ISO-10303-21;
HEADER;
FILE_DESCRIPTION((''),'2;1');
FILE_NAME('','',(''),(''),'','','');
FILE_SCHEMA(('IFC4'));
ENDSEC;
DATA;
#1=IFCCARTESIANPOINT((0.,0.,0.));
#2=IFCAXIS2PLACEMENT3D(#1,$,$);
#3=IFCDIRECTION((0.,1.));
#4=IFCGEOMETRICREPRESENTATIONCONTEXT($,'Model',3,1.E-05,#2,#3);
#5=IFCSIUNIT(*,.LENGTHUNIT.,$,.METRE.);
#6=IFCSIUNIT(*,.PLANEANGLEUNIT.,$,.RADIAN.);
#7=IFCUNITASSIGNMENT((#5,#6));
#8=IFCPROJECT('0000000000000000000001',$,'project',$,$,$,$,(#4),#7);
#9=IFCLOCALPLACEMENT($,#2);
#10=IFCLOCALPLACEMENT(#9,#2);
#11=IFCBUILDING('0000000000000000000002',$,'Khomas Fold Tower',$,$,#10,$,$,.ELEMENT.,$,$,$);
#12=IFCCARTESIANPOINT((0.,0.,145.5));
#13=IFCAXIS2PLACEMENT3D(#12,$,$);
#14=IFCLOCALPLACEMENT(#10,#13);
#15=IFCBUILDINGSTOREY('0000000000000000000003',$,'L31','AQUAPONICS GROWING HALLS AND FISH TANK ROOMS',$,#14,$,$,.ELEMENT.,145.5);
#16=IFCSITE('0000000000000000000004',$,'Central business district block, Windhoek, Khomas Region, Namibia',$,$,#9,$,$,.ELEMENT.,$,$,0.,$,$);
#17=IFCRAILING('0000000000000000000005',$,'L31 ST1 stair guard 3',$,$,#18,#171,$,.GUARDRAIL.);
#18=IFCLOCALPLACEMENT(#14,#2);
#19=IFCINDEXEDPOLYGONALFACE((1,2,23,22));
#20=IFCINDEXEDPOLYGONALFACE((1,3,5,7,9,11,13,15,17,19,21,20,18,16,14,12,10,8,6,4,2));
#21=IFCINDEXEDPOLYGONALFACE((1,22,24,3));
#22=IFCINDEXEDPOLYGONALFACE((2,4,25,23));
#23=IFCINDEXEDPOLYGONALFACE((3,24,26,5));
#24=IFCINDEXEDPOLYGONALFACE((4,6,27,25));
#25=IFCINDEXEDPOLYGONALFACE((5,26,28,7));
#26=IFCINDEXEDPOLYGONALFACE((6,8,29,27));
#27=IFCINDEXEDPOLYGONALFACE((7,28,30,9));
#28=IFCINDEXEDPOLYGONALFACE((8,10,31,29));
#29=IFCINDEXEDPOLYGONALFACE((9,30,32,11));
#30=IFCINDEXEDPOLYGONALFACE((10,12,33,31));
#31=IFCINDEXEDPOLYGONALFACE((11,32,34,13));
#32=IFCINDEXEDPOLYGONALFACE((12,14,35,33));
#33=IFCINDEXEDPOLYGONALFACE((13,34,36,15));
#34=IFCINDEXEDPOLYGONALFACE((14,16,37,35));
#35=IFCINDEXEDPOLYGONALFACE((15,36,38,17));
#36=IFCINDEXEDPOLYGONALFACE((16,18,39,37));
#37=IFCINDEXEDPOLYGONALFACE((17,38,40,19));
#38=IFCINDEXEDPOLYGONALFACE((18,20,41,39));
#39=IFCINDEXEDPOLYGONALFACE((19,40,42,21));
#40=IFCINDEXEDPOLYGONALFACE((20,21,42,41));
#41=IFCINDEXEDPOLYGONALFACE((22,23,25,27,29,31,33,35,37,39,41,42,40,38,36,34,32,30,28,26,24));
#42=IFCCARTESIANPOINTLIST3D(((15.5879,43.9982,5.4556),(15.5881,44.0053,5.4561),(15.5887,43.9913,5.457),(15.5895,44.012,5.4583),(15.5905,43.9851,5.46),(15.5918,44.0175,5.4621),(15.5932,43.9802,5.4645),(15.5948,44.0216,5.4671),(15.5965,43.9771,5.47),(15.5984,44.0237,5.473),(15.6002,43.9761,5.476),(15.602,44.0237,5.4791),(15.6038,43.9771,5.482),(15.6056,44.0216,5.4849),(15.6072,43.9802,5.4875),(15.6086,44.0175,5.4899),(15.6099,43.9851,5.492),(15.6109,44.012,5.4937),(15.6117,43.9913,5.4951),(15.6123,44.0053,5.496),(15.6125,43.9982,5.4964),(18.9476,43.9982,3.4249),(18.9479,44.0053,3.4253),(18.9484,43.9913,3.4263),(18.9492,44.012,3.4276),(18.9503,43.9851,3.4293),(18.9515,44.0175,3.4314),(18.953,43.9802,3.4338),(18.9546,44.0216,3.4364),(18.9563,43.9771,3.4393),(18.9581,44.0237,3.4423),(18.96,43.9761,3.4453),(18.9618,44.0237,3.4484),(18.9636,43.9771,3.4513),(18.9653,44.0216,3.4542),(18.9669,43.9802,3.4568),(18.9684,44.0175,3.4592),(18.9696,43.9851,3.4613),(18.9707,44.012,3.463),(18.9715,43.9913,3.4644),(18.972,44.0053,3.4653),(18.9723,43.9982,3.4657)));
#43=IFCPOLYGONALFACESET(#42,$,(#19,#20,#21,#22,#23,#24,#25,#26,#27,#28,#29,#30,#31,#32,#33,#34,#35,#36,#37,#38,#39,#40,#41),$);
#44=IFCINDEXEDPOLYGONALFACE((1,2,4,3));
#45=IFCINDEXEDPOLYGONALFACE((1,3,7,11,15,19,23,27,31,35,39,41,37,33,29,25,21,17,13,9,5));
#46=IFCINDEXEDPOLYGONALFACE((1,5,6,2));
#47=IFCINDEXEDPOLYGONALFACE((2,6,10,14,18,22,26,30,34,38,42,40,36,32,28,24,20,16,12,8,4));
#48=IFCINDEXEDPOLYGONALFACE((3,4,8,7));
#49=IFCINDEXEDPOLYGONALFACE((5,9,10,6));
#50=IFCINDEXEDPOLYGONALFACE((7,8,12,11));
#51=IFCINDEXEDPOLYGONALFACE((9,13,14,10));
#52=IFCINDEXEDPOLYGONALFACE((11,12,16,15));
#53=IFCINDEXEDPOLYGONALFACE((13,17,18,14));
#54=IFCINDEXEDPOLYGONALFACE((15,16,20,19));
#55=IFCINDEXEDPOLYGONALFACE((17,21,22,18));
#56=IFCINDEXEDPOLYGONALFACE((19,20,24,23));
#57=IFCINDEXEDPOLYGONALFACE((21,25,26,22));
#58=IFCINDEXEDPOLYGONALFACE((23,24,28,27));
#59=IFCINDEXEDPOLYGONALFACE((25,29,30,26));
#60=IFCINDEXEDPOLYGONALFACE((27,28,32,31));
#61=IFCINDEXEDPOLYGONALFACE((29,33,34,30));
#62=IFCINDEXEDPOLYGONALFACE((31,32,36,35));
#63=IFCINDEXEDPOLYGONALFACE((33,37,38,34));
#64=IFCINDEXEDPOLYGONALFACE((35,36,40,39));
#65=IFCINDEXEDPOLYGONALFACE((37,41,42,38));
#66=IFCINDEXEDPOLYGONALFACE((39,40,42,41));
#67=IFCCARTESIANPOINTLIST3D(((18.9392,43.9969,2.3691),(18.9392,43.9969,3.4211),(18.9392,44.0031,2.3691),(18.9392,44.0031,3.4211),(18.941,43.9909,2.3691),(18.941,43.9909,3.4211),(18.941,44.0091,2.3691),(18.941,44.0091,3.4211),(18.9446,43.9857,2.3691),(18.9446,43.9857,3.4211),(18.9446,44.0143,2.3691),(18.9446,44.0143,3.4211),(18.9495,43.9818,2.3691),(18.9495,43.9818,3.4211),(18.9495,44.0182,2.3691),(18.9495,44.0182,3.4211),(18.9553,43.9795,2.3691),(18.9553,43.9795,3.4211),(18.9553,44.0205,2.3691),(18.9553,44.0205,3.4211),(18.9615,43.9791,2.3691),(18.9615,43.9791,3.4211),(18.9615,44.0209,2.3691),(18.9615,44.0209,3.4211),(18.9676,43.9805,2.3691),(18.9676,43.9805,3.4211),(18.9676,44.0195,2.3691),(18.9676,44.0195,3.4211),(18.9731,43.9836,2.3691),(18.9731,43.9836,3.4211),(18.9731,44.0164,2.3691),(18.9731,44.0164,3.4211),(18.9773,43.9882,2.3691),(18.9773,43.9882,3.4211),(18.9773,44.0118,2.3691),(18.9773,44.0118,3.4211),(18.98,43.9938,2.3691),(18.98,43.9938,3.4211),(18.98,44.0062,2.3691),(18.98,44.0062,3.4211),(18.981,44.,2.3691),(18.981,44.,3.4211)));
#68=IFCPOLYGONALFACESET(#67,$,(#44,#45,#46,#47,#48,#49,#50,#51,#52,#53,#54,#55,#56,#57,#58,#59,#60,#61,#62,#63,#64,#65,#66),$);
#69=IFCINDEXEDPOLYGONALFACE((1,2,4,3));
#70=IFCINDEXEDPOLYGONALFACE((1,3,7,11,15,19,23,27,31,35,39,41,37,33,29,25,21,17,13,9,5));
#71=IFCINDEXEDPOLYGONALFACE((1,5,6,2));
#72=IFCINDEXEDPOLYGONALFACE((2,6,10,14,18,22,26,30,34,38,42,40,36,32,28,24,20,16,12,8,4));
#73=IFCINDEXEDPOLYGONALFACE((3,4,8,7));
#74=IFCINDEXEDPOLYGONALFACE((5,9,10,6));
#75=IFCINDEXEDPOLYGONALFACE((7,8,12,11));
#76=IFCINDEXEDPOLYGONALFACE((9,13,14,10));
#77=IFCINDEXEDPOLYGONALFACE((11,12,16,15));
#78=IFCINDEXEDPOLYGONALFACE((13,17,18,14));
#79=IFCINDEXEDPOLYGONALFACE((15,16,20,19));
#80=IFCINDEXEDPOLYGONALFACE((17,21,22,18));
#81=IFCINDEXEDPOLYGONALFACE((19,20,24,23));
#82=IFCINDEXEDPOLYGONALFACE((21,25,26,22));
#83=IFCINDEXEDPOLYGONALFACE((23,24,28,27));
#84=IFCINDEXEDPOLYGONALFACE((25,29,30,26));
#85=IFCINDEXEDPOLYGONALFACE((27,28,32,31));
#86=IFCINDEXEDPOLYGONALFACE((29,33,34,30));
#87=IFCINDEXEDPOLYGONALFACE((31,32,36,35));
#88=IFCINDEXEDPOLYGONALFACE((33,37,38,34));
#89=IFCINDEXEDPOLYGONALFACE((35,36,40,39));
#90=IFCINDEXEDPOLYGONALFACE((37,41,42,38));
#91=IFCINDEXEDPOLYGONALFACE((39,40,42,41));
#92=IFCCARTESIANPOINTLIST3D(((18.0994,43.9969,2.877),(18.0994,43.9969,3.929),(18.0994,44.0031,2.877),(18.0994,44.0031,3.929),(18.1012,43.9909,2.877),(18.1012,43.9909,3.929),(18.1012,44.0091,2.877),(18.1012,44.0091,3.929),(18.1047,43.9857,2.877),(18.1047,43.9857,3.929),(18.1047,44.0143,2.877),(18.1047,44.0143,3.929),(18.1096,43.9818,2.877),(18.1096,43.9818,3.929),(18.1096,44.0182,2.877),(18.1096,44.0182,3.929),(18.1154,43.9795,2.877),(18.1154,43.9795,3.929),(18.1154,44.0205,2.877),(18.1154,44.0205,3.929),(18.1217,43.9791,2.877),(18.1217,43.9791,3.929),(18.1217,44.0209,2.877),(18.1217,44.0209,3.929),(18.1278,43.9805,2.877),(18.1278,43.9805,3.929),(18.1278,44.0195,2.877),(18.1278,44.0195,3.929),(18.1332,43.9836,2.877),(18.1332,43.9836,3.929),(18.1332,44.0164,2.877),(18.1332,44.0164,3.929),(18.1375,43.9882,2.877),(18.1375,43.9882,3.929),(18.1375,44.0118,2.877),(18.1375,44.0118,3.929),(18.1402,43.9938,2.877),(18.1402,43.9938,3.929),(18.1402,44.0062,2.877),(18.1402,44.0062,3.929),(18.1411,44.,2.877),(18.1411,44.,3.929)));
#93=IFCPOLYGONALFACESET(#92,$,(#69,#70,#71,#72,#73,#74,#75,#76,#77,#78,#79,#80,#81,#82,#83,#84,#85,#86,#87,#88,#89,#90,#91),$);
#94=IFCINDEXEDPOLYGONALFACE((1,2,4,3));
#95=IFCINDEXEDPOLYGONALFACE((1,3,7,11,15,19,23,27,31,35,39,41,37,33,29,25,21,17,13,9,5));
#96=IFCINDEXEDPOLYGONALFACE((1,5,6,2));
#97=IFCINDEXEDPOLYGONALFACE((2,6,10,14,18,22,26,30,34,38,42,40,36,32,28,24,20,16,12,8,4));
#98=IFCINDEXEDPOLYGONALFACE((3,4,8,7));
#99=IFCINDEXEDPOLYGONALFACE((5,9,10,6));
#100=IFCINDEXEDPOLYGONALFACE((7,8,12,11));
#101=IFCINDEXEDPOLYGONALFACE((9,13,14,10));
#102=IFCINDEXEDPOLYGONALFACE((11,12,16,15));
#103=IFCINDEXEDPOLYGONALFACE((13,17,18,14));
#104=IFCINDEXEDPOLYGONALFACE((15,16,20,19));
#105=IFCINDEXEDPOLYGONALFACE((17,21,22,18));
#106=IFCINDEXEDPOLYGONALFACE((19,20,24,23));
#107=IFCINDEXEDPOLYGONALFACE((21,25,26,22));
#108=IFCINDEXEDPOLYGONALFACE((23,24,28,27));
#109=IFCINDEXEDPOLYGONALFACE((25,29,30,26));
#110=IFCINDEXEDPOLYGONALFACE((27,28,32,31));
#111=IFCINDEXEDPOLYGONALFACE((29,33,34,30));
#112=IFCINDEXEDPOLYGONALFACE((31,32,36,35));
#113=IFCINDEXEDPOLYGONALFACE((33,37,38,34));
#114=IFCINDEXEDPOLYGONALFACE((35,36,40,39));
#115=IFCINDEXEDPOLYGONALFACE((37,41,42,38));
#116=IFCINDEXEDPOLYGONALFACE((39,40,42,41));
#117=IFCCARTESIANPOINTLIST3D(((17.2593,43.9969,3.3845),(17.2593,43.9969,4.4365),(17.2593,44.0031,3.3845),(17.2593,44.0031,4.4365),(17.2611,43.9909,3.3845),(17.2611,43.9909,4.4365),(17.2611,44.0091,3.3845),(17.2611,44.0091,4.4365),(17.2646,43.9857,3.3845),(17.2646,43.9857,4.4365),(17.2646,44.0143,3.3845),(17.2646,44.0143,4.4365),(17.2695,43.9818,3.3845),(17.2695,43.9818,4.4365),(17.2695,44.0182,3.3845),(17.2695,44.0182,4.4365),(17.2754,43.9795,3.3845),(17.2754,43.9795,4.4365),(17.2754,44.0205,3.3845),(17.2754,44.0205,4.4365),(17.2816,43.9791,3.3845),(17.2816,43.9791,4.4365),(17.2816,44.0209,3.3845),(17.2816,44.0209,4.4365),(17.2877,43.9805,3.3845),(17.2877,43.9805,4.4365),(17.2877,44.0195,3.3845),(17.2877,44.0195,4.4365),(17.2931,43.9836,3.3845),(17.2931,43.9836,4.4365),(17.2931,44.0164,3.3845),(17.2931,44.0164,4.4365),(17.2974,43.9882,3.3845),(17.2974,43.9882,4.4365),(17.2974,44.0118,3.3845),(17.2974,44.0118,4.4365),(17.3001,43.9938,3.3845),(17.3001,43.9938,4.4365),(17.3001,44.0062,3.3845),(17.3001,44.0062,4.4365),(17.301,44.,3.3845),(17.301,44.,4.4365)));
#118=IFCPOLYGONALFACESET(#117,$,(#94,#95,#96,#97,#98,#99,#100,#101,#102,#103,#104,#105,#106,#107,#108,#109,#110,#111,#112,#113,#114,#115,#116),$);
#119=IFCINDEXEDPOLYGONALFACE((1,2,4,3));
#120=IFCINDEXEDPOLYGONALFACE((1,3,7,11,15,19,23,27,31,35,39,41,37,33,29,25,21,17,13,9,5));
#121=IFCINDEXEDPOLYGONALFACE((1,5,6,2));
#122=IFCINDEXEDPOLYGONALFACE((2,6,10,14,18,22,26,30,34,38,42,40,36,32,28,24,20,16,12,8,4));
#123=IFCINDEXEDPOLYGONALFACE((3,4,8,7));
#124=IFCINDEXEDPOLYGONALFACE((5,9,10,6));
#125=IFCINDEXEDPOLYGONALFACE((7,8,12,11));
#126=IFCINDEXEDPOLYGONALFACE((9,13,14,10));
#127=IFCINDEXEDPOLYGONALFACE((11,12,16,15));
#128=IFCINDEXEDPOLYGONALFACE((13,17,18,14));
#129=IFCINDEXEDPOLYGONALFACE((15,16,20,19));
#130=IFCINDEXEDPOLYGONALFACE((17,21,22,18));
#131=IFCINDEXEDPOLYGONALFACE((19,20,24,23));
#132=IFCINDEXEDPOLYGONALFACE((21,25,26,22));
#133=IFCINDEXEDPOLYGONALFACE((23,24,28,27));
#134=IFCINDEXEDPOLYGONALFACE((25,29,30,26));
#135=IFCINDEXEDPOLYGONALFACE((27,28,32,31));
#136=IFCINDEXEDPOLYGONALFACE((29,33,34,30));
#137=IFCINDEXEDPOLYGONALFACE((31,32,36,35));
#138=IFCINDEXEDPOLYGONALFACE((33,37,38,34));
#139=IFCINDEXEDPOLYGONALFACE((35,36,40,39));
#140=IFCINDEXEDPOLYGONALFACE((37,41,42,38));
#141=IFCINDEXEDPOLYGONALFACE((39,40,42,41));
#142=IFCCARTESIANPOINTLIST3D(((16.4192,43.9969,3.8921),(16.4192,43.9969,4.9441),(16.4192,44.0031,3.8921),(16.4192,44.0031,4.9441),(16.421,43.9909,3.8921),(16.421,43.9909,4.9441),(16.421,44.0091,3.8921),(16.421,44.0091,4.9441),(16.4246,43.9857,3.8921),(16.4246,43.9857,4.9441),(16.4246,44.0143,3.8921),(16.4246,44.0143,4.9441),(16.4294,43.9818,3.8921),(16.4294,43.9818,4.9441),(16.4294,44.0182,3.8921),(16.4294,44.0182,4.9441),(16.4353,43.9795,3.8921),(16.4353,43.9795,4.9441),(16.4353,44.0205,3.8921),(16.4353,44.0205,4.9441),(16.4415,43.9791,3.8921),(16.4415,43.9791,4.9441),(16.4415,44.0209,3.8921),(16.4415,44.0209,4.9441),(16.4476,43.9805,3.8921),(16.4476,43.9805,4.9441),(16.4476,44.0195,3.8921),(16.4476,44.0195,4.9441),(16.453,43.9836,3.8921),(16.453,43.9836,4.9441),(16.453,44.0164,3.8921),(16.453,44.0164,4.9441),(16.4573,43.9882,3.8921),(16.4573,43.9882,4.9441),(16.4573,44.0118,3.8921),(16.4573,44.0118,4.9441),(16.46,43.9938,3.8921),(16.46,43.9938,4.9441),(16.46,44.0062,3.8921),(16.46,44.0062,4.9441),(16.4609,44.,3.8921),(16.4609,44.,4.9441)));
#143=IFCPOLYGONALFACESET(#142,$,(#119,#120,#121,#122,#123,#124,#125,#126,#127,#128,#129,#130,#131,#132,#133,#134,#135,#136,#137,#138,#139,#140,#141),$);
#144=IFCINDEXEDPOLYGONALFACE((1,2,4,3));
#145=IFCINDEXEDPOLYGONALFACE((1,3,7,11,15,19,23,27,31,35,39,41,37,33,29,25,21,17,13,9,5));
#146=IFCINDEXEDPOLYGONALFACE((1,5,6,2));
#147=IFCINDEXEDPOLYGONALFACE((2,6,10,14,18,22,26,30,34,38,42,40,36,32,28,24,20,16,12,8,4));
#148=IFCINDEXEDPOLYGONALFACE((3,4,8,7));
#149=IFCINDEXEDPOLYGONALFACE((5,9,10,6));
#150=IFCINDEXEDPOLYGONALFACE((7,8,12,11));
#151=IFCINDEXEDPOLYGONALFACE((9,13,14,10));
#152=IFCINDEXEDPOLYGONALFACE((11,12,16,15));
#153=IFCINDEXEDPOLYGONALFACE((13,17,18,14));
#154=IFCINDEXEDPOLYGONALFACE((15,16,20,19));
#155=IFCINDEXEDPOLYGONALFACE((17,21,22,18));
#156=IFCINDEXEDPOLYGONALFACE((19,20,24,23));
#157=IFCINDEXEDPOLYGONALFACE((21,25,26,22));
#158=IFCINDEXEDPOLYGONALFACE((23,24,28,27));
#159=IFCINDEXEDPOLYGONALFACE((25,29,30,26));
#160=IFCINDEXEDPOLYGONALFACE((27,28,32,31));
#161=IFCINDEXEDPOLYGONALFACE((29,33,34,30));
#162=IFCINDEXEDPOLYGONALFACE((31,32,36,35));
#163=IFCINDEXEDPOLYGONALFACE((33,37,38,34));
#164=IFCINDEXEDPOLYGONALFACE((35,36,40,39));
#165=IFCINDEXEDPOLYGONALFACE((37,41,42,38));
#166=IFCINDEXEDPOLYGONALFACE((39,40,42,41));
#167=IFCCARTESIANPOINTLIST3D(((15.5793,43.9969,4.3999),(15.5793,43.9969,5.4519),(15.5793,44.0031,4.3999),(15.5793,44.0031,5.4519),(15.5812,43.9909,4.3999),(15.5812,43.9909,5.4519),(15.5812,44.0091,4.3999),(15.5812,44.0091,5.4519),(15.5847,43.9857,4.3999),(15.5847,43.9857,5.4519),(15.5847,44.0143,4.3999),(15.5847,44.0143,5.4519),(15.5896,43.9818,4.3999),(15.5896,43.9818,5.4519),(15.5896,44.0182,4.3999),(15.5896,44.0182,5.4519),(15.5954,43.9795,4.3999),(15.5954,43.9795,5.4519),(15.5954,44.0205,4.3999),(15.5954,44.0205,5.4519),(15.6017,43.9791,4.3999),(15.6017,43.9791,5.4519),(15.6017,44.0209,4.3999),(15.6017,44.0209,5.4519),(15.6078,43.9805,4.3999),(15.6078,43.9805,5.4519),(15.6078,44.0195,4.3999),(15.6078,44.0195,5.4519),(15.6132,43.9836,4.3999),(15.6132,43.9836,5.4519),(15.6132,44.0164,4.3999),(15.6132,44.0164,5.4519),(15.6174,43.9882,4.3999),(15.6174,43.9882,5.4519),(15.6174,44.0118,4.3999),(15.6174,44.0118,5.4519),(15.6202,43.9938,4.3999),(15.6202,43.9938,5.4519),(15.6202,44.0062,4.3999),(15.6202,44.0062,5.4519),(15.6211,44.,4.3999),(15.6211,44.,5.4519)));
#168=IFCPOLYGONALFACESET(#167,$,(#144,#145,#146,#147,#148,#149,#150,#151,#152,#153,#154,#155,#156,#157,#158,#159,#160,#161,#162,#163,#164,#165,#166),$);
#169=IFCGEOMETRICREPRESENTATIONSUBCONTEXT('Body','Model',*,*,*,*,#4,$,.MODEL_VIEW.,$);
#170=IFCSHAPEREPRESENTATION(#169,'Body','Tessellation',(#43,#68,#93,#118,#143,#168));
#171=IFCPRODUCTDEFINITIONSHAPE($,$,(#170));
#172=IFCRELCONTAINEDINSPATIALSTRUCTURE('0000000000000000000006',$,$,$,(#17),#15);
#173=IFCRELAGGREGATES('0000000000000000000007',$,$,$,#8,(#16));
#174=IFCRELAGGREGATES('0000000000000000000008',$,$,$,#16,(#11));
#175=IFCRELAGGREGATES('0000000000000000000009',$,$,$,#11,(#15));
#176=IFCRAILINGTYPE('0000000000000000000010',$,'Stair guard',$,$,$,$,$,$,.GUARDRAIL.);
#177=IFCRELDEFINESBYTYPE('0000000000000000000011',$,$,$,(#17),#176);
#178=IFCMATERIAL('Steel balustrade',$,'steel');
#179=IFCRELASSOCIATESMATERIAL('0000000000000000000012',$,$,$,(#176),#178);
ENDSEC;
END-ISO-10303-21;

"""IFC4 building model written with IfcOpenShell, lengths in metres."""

from ifc_helpers import new_model, si_unit, direction, frame, origin, origin_2d, place, context, subcontext, project, spatial, circle, extrude, source, transform, mapped, material, type_object, element, save


model = new_model("IFC4")

# Units and contexts
model_context = context("Model", 3, precision=1e-05, world=origin(), true_north=direction((0.0, 1.0)))
body_context = subcontext(model_context, "Body", "Model", "MODEL_VIEW")
ifc_project = project(units=[si_unit("LENGTHUNIT", "METRE"), si_unit("PLANEANGLEUNIT", "RADIAN")], contexts=[model_context])

# Site, building, storey
site_placement = place(None, origin())
site = spatial("IfcSite", under=ifc_project, at=site_placement, Name="Central business district block, Windhoek, Khomas Region, Namibia", CompositionType="ELEMENT", RefElevation=0.0)
building_placement = place(site_placement, origin())
building = spatial("IfcBuilding", under=site, at=building_placement, Name="Khomas Fold Tower", CompositionType="ELEMENT")
storey_placement = place(building_placement, frame((0.0, 0.0, 145.5)))
storey = spatial("IfcBuildingStorey", under=building, at=storey_placement, Name="L31", Description="AQUAPONICS GROWING HALLS AND FISH TANK ROOMS", CompositionType="ELEMENT", Elevation=145.5)

# Railing
ifc_material_1 = material(Name="Steel balustrade", Category="steel")
railing_type_1 = type_object("IfcRailingType", Name="Stair guard", PredefinedType="GUARDRAIL", material=ifc_material_1)
shared_shape_1 = source(origin(), body_context, "Body", "SweptSolid", [
    extrude(circle(Radius=0.0239, at=origin_2d()), frame((0.0, 0.0, 1.0762), z_axis=(-0.85582, 0.0, 0.517273), x_axis=(0.0, -1.0, 0.0)), (0.0, 0.0, 1.0), 3.9258),
    extrude(circle(Radius=0.021, at=origin_2d()), origin(), (0.0, 0.0, 1.0), 1.052),
    extrude(circle(Radius=0.021, at=origin_2d()), frame((-0.8398, 0.0, 0.5078)), (0.0, 0.0, 1.0), 1.052),
    extrude(circle(Radius=0.021, at=origin_2d()), frame((-1.6799, 0.0, 1.0154)), (0.0, 0.0, 1.0), 1.052),
    extrude(circle(Radius=0.021, at=origin_2d()), frame((-2.52, 0.0, 1.5229)), (0.0, 0.0, 1.0), 1.052),
    extrude(circle(Radius=0.021, at=origin_2d()), frame((-3.3599, 0.0, 2.0308)), (0.0, 0.0, 1.0), 1.052),
])
railing_1_placement = place(storey_placement, frame((18.96, 44.0, 2.3691)))
element("IfcRailing", 1, at=railing_1_placement, inside=storey, type_object=railing_type_1, Name="L31 ST1 stair guard 3", PredefinedType="GUARDRAIL", context=body_context, shape_type="MappedRepresentation", body=[
    mapped(shared_shape_1, transform((0.0, 0.0, 0.0))),
])

save(model, "model.ifc")
